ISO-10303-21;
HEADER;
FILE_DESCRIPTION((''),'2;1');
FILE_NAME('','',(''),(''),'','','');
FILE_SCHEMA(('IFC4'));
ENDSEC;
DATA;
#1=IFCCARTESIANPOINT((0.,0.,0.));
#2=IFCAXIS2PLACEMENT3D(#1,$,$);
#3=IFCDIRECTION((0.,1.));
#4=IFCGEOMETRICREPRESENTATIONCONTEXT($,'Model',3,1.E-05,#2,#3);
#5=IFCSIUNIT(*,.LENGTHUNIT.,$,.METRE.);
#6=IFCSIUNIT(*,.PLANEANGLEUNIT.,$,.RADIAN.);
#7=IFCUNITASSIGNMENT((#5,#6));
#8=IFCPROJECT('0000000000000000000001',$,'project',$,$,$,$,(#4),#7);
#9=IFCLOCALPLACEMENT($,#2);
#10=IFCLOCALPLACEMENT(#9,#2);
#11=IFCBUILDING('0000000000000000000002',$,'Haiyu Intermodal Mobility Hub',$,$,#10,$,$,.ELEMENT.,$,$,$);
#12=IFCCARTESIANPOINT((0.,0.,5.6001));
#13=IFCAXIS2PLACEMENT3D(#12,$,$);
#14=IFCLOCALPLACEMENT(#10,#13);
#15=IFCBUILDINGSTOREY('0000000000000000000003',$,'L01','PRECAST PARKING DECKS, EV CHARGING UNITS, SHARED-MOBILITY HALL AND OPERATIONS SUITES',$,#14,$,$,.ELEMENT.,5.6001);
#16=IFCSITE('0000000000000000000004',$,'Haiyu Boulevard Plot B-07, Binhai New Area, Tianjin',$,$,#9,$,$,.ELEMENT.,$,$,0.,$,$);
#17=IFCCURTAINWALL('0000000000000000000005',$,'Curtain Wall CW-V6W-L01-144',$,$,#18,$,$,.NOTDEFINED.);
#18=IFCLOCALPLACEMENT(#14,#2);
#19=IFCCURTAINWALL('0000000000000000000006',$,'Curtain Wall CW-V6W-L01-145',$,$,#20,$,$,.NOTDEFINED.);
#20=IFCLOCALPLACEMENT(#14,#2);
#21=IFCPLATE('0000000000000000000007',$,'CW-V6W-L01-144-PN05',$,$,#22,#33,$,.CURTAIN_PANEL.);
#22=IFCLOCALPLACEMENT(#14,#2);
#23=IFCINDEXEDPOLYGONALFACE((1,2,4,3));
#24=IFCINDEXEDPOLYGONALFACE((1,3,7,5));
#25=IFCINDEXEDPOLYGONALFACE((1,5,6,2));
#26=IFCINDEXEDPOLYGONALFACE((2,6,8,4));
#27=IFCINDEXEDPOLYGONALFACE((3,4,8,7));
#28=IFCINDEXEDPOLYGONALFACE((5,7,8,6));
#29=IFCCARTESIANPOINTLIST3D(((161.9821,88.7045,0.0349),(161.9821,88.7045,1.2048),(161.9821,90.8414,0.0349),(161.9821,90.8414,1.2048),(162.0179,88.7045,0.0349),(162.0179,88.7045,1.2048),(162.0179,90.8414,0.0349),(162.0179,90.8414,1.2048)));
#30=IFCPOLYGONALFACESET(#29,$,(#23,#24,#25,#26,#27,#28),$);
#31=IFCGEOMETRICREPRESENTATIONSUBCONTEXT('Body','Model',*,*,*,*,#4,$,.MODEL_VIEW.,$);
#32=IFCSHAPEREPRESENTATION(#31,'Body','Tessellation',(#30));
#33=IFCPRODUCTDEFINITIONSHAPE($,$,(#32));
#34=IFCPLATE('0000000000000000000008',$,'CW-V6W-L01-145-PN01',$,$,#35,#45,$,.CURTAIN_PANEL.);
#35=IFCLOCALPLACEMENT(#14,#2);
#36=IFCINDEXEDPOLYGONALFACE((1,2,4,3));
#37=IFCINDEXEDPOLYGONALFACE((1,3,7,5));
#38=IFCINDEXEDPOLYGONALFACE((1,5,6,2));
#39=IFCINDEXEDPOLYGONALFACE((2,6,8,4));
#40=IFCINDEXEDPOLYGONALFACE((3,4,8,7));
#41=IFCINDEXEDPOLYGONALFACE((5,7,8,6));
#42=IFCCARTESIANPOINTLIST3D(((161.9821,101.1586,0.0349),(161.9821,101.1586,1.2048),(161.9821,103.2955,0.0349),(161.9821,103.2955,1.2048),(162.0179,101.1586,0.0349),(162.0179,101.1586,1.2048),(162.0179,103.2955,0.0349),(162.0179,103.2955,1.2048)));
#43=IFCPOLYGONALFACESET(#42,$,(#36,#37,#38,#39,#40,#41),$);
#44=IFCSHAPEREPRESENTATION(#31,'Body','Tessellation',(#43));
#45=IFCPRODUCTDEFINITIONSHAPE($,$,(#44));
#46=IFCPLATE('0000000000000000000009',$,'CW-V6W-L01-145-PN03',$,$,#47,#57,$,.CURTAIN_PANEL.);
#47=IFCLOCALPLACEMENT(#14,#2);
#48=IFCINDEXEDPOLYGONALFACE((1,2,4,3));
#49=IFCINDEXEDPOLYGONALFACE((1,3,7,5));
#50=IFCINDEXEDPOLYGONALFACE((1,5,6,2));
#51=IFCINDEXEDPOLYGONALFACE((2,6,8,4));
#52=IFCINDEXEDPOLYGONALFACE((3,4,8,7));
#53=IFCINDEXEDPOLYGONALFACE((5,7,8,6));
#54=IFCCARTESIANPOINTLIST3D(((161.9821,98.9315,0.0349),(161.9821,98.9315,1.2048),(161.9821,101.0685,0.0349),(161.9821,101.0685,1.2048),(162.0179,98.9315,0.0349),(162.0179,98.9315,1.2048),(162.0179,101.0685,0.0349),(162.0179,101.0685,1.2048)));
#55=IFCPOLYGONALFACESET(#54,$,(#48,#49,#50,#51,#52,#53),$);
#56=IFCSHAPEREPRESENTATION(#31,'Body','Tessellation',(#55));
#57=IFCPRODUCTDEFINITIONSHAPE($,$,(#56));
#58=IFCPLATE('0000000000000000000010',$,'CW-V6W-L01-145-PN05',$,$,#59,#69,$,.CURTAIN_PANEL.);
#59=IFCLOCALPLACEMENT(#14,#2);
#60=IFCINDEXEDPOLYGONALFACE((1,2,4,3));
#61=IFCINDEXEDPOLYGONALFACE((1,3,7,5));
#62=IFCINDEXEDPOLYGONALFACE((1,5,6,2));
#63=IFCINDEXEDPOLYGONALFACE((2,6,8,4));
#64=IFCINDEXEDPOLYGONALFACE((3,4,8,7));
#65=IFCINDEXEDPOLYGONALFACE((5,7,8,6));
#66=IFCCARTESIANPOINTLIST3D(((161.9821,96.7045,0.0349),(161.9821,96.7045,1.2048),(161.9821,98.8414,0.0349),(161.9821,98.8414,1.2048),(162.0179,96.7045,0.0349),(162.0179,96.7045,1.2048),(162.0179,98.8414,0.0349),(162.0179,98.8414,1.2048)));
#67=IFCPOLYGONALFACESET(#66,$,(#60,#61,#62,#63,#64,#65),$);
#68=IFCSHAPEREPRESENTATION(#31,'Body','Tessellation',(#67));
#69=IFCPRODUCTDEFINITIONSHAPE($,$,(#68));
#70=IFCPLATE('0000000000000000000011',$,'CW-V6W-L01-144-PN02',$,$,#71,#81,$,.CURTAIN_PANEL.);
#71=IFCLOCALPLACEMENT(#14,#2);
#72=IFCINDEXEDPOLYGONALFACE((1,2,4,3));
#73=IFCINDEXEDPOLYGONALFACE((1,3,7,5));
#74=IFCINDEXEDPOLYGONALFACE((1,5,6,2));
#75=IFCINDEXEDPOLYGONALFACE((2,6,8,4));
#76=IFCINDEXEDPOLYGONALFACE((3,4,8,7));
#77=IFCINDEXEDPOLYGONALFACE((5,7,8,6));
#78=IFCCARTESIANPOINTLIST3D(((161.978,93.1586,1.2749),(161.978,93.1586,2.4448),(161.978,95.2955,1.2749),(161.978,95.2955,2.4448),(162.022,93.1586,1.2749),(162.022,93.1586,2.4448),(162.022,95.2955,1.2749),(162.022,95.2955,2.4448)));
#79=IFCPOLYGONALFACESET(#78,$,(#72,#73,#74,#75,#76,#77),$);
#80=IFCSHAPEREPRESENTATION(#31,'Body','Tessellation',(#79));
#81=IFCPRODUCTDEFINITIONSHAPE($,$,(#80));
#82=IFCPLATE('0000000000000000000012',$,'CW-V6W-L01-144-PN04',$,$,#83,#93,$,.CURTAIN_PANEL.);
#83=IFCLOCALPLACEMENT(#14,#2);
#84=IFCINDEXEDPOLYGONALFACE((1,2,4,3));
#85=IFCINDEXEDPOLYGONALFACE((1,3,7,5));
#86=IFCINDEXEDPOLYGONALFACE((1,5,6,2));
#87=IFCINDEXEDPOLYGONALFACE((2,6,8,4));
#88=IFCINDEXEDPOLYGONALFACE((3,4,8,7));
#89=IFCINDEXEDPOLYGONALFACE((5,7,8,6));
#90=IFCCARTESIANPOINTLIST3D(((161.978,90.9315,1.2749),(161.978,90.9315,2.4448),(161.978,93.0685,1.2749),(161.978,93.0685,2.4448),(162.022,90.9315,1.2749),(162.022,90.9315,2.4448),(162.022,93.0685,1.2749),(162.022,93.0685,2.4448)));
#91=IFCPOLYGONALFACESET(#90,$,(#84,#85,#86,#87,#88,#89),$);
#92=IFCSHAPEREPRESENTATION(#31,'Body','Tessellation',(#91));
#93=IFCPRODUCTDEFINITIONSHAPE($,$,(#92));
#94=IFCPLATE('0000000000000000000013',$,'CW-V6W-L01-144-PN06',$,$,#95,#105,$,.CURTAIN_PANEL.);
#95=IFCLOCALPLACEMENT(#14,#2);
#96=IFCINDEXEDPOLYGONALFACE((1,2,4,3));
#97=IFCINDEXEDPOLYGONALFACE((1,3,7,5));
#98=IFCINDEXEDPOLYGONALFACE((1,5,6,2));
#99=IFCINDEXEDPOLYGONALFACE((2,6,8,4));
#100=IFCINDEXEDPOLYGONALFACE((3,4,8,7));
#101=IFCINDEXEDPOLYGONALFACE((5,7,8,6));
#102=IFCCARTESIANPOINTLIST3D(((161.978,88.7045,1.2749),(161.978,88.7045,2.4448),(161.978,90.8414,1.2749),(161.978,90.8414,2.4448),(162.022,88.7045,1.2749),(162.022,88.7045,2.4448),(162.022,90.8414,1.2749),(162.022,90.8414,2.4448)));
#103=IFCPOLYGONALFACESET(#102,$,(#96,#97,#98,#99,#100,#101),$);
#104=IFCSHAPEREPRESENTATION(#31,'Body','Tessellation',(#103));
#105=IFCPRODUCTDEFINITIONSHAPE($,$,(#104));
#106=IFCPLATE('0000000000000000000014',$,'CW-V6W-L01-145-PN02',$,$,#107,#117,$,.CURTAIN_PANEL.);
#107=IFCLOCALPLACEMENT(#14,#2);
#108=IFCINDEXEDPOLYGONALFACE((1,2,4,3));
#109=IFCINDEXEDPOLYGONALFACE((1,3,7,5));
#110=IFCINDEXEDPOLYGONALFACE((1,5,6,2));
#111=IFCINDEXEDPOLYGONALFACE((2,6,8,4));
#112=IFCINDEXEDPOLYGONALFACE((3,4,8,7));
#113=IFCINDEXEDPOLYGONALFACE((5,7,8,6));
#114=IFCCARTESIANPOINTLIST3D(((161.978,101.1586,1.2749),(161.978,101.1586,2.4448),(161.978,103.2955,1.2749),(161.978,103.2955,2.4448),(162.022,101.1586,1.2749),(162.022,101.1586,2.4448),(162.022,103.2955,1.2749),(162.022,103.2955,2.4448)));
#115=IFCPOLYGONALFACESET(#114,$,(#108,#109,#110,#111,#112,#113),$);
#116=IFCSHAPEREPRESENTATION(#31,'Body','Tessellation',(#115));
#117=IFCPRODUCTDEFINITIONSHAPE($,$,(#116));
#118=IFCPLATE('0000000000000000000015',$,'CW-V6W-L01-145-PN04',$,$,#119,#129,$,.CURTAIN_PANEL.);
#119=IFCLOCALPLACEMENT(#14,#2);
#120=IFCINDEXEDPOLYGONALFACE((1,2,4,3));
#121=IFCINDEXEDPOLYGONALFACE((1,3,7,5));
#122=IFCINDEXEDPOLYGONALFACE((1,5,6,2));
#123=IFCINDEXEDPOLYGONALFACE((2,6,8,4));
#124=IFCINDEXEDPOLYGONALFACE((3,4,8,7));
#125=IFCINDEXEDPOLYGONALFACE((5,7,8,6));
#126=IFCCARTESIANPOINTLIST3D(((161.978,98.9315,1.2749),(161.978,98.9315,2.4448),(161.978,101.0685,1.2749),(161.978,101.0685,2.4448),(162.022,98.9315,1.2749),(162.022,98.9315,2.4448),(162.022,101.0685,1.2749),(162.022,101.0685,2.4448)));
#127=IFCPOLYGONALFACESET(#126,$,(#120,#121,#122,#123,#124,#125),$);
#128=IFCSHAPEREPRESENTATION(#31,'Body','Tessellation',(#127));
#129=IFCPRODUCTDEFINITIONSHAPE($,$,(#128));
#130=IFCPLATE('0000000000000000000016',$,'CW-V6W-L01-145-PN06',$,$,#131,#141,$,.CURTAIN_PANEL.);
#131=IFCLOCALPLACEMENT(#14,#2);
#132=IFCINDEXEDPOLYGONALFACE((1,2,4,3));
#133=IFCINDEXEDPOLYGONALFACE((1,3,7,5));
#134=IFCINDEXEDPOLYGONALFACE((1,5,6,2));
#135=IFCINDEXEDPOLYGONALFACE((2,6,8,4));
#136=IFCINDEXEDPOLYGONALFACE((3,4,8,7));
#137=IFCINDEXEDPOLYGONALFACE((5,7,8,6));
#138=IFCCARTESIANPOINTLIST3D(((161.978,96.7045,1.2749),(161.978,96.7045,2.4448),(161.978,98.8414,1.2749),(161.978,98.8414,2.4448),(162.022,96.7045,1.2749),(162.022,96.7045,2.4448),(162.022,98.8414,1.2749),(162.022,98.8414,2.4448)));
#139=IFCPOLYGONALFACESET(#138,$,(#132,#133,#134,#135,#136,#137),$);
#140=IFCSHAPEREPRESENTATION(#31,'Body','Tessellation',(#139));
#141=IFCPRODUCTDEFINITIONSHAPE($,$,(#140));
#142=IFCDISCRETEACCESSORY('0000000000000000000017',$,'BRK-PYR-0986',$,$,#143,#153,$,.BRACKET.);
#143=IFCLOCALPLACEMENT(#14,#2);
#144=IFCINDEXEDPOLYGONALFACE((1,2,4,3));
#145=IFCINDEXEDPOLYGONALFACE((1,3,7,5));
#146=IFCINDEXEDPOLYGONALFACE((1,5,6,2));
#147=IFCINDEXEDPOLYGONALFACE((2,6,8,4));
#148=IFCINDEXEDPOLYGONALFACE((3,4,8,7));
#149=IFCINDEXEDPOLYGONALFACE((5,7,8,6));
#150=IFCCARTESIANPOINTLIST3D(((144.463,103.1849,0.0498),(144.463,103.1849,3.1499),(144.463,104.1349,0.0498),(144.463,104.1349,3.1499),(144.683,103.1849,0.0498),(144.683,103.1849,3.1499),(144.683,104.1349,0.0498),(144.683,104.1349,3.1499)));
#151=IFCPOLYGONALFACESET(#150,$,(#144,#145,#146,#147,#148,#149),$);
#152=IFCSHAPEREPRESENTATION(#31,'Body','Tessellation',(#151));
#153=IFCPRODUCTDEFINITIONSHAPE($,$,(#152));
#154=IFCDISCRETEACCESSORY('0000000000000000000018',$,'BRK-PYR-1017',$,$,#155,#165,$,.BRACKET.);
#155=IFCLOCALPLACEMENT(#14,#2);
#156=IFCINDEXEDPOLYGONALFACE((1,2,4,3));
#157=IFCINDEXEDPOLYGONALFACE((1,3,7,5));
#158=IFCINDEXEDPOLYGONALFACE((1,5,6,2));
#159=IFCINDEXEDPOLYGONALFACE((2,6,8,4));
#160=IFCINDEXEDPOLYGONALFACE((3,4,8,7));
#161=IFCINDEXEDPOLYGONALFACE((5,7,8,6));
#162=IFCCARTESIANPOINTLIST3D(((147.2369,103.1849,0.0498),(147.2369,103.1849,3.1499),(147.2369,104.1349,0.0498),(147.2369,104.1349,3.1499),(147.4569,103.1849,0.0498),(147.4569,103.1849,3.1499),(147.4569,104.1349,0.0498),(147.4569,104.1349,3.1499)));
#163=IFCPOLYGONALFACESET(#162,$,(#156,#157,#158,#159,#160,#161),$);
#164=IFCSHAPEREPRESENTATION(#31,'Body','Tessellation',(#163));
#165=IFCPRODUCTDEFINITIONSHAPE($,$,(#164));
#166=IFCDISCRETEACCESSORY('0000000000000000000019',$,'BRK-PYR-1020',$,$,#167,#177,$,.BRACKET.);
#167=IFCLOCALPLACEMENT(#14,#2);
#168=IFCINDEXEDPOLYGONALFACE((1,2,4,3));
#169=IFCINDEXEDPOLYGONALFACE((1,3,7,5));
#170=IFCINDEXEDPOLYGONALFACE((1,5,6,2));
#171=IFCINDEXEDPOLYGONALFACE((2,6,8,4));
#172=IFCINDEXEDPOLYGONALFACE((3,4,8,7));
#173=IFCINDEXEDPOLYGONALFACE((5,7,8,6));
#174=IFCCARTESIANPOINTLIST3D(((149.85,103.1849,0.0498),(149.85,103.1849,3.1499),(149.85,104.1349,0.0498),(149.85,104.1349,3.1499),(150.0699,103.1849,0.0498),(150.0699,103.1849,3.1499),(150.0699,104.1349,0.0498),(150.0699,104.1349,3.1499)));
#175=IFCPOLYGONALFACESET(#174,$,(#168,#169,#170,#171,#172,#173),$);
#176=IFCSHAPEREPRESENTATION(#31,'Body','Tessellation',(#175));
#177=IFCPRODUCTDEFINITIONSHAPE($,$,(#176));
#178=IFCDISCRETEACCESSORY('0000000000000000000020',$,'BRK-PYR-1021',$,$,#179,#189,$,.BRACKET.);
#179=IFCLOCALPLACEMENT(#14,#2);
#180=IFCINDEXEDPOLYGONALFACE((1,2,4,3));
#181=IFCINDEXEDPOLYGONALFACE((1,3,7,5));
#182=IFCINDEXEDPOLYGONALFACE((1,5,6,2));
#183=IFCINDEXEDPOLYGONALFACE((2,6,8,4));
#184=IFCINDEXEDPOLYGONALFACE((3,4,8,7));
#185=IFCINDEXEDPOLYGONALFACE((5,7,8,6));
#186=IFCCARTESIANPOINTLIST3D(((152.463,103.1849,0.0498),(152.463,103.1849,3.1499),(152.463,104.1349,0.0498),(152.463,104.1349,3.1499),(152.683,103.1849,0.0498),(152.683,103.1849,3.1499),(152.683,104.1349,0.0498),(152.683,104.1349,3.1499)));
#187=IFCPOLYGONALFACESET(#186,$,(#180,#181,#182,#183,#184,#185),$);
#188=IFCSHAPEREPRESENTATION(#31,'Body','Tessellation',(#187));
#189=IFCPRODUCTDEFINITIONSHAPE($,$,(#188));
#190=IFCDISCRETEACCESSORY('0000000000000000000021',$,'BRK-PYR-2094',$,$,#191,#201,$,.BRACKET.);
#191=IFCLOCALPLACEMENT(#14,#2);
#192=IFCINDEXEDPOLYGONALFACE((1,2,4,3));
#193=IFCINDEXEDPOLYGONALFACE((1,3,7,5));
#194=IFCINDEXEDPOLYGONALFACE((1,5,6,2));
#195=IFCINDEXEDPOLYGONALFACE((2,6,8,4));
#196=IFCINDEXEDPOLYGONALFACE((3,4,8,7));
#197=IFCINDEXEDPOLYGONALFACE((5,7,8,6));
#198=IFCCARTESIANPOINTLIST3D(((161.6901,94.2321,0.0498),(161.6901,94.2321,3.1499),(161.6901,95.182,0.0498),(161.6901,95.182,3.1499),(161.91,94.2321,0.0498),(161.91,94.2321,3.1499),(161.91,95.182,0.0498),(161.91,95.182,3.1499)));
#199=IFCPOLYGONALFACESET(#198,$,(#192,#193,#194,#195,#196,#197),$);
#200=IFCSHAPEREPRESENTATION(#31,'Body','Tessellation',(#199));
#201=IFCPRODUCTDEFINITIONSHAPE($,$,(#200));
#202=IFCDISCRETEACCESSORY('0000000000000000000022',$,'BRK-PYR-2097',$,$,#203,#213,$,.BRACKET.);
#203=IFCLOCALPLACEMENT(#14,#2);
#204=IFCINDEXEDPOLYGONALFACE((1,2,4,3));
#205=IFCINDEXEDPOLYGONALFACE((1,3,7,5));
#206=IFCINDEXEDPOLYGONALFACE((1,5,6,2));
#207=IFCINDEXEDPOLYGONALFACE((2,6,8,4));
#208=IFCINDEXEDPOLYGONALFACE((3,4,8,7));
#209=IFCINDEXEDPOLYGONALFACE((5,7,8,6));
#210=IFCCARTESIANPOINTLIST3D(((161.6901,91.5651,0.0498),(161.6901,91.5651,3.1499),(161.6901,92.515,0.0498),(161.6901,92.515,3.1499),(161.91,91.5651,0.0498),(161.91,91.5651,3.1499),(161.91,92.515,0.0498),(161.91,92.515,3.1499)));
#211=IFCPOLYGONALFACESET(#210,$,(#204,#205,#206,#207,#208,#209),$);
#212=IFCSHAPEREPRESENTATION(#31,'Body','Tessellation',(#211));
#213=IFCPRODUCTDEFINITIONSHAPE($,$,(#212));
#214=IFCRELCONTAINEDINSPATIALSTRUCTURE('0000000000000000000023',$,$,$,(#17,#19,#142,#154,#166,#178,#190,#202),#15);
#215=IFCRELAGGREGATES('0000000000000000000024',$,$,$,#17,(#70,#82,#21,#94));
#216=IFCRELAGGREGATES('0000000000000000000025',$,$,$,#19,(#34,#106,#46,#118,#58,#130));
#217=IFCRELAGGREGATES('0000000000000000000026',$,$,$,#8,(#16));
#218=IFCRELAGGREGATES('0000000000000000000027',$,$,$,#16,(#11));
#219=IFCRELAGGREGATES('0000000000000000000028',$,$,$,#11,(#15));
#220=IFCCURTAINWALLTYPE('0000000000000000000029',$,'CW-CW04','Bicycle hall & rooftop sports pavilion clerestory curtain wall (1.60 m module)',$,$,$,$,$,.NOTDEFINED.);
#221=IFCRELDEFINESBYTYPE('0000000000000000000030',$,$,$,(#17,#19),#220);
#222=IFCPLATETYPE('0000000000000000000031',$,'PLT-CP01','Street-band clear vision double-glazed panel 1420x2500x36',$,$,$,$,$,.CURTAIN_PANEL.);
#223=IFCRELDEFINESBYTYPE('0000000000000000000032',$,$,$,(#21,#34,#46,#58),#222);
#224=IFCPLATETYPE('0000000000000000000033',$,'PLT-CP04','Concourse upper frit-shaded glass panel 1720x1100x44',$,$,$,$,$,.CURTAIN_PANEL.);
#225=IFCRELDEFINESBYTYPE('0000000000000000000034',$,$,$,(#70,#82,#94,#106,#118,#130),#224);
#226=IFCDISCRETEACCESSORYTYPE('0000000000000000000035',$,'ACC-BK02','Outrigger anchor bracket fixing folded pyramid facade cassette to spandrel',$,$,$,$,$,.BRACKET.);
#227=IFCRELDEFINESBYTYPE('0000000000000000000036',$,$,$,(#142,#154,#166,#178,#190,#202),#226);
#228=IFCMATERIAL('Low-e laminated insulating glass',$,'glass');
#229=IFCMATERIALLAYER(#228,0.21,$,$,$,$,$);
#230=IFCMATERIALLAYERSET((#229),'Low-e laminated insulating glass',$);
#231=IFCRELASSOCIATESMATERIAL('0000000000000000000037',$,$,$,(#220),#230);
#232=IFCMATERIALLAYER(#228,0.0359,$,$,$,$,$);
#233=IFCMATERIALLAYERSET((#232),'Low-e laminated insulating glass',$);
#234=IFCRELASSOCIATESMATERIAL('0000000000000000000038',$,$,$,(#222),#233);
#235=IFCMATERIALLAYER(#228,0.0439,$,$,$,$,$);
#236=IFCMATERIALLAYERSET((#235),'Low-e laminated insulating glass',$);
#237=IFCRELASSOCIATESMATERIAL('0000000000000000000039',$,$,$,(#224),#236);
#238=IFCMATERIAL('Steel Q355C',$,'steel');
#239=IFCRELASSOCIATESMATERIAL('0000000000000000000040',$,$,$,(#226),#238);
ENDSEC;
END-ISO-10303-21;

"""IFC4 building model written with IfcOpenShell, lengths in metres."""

from ifc_helpers import new_model, si_unit, direction, frame, origin, origin_2d, place, context, subcontext, project, spatial, rectangle, extrude, material, layer, layer_set, type_object, element, aggregate, save


model = new_model("IFC4")

# Units and contexts
model_context = context("Model", 3, precision=1e-05, world=origin(), true_north=direction((0.0, 1.0)))
body_context = subcontext(model_context, "Body", "Model", "MODEL_VIEW")
ifc_project = project(units=[si_unit("LENGTHUNIT", "METRE"), si_unit("PLANEANGLEUNIT", "RADIAN")], contexts=[model_context])

# Site, building, storey
site_placement = place(None, origin())
site = spatial("IfcSite", under=ifc_project, at=site_placement, Name="Haiyu Boulevard Plot B-07, Binhai New Area, Tianjin", CompositionType="ELEMENT", RefElevation=0.0)
building_placement = place(site_placement, origin())
building = spatial("IfcBuilding", under=site, at=building_placement, Name="Haiyu Intermodal Mobility Hub", CompositionType="ELEMENT")
storey_placement = place(building_placement, frame((0.0, 0.0, 5.6001)))
storey = spatial("IfcBuildingStorey", under=building, at=storey_placement, Name="L01", Description="PRECAST PARKING DECKS, EV CHARGING UNITS, SHARED-MOBILITY HALL AND OPERATIONS SUITES", CompositionType="ELEMENT", Elevation=5.6001)

# Curtain walls
ifc_material_1 = material(Name="Low-e laminated insulating glass", Category="glass")
ifc_layer_1 = layer(ifc_material_1, 0.21)
ifc_layer_set_1 = layer_set([ifc_layer_1], Name="Low-e laminated insulating glass")
curtain_wall_type = type_object("IfcCurtainWallType", Name="CW-CW04", Description="Bicycle hall & rooftop sports pavilion clerestory curtain wall (1.60 m module)", PredefinedType="NOTDEFINED", material=ifc_layer_set_1)
curtain_wall_1_placement = place(storey_placement, origin())
curtain_wall_1 = element("IfcCurtainWall", 1, at=curtain_wall_1_placement, inside=storey, type_object=curtain_wall_type, Name="Curtain Wall CW-V6W-L01-144", PredefinedType="NOTDEFINED")
curtain_wall_2_placement = place(storey_placement, origin())
curtain_wall_2 = element("IfcCurtainWall", 2, at=curtain_wall_2_placement, inside=storey, type_object=curtain_wall_type, Name="Curtain Wall CW-V6W-L01-145", PredefinedType="NOTDEFINED")

# Plates
ifc_layer_2 = layer(ifc_material_1, 0.0359)
ifc_layer_set_2 = layer_set([ifc_layer_2], Name="Low-e laminated insulating glass")
plate_type_1 = type_object("IfcPlateType", Name="PLT-CP01", Description="Street-band clear vision double-glazed panel 1420x2500x36", PredefinedType="CURTAIN_PANEL", material=ifc_layer_set_2)
plate_1_placement = place(storey_placement, frame((162.0, 89.7729, 0.0349), z_axis=(0.0, 0.0, 1.0), x_axis=(0.0, -1.0, 0.0)))
plate_1 = element("IfcPlate", 3, at=plate_1_placement, type_object=plate_type_1, Name="CW-V6W-L01-144-PN05", PredefinedType="CURTAIN_PANEL", context=body_context, shape_type="SweptSolid", body=[
    extrude(rectangle(XDim=2.137, YDim=0.0359, at=origin_2d()), origin(), (0.0, 0.0, 1.0), 1.1699),
])
plate_2_placement = place(storey_placement, frame((162.0, 102.2271, 0.0349), z_axis=(0.0, 0.0, 1.0), x_axis=(0.0, -1.0, 0.0)))
plate_2 = element("IfcPlate", 4, at=plate_2_placement, type_object=plate_type_1, Name="CW-V6W-L01-145-PN01", PredefinedType="CURTAIN_PANEL", context=body_context, shape_type="SweptSolid", body=[
    extrude(rectangle(XDim=2.137, YDim=0.0359, at=origin_2d()), origin(), (0.0, 0.0, 1.0), 1.1699),
])
plate_3_placement = place(storey_placement, frame((162.0, 100.0, 0.0349), z_axis=(0.0, 0.0, 1.0), x_axis=(0.0, -1.0, 0.0)))
plate_3 = element("IfcPlate", 5, at=plate_3_placement, type_object=plate_type_1, Name="CW-V6W-L01-145-PN03", PredefinedType="CURTAIN_PANEL", context=body_context, shape_type="SweptSolid", body=[
    extrude(rectangle(XDim=2.137, YDim=0.0359, at=origin_2d()), origin(), (0.0, 0.0, 1.0), 1.1699),
])
plate_4_placement = place(storey_placement, frame((162.0, 97.7729, 0.0349), z_axis=(0.0, 0.0, 1.0), x_axis=(0.0, -1.0, 0.0)))
plate_4 = element("IfcPlate", 6, at=plate_4_placement, type_object=plate_type_1, Name="CW-V6W-L01-145-PN05", PredefinedType="CURTAIN_PANEL", context=body_context, shape_type="SweptSolid", body=[
    extrude(rectangle(XDim=2.137, YDim=0.0359, at=origin_2d()), origin(), (0.0, 0.0, 1.0), 1.1699),
])
ifc_layer_3 = layer(ifc_material_1, 0.0439)
ifc_layer_set_3 = layer_set([ifc_layer_3], Name="Low-e laminated insulating glass")
plate_type_2 = type_object("IfcPlateType", Name="PLT-CP04", Description="Concourse upper frit-shaded glass panel 1720x1100x44", PredefinedType="CURTAIN_PANEL", material=ifc_layer_set_3)
plate_5_placement = place(storey_placement, frame((162.0, 94.2271, 1.2749), z_axis=(0.0, 0.0, 1.0), x_axis=(0.0, -1.0, 0.0)))
plate_5 = element("IfcPlate", 7, at=plate_5_placement, type_object=plate_type_2, Name="CW-V6W-L01-144-PN02", PredefinedType="CURTAIN_PANEL", context=body_context, shape_type="SweptSolid", body=[
    extrude(rectangle(XDim=2.137, YDim=0.0439, at=origin_2d()), origin(), (0.0, 0.0, 1.0), 1.1699),
])
plate_6_placement = place(storey_placement, frame((162.0, 92.0, 1.2749), z_axis=(0.0, 0.0, 1.0), x_axis=(0.0, -1.0, 0.0)))
plate_6 = element("IfcPlate", 8, at=plate_6_placement, type_object=plate_type_2, Name="CW-V6W-L01-144-PN04", PredefinedType="CURTAIN_PANEL", context=body_context, shape_type="SweptSolid", body=[
    extrude(rectangle(XDim=2.137, YDim=0.0439, at=origin_2d()), origin(), (0.0, 0.0, 1.0), 1.1699),
])
plate_7_placement = place(storey_placement, frame((162.0, 89.7729, 1.2749), z_axis=(0.0, 0.0, 1.0), x_axis=(0.0, -1.0, 0.0)))
plate_7 = element("IfcPlate", 9, at=plate_7_placement, type_object=plate_type_2, Name="CW-V6W-L01-144-PN06", PredefinedType="CURTAIN_PANEL", context=body_context, shape_type="SweptSolid", body=[
    extrude(rectangle(XDim=2.137, YDim=0.0439, at=origin_2d()), origin(), (0.0, 0.0, 1.0), 1.1699),
])
aggregate(curtain_wall_1, [plate_5, plate_6, plate_1, plate_7])
plate_8_placement = place(storey_placement, frame((162.0, 102.2271, 1.2749), z_axis=(0.0, 0.0, 1.0), x_axis=(0.0, -1.0, 0.0)))
plate_8 = element("IfcPlate", 10, at=plate_8_placement, type_object=plate_type_2, Name="CW-V6W-L01-145-PN02", PredefinedType="CURTAIN_PANEL", context=body_context, shape_type="SweptSolid", body=[
    extrude(rectangle(XDim=2.137, YDim=0.0439, at=origin_2d()), origin(), (0.0, 0.0, 1.0), 1.1699),
])
plate_9_placement = place(storey_placement, frame((162.0, 100.0, 1.2749), z_axis=(0.0, 0.0, 1.0), x_axis=(0.0, -1.0, 0.0)))
plate_9 = element("IfcPlate", 11, at=plate_9_placement, type_object=plate_type_2, Name="CW-V6W-L01-145-PN04", PredefinedType="CURTAIN_PANEL", context=body_context, shape_type="SweptSolid", body=[
    extrude(rectangle(XDim=2.137, YDim=0.0439, at=origin_2d()), origin(), (0.0, 0.0, 1.0), 1.1699),
])
plate_10_placement = place(storey_placement, frame((162.0, 97.7729, 1.2749), z_axis=(0.0, 0.0, 1.0), x_axis=(0.0, -1.0, 0.0)))
plate_10 = element("IfcPlate", 12, at=plate_10_placement, type_object=plate_type_2, Name="CW-V6W-L01-145-PN06", PredefinedType="CURTAIN_PANEL", context=body_context, shape_type="SweptSolid", body=[
    extrude(rectangle(XDim=2.137, YDim=0.0439, at=origin_2d()), origin(), (0.0, 0.0, 1.0), 1.1699),
])
aggregate(curtain_wall_2, [plate_2, plate_8, plate_3, plate_9, plate_4, plate_10])

# Discrete accessories
ifc_material_2 = material(Name="Steel Q355C", Category="steel")
discrete_accessory_type = type_object("IfcDiscreteAccessoryType", Name="ACC-BK02", Description="Outrigger anchor bracket fixing folded pyramid facade cassette to spandrel", PredefinedType="BRACKET", material=ifc_material_2)
for number, where, z_axis, x_axis, name in (
    (13, (144.573, 103.6599, 0.0498), (0.0, 0.0, 1.0), (1.0, 0.0, 0.0), "BRK-PYR-0986"),
    (14, (147.3469, 103.6599, 0.0498), (0.0, 0.0, 1.0), (1.0, 0.0, 0.0), "BRK-PYR-1017"),
    (15, (149.96, 103.6599, 0.0498), (0.0, 0.0, 1.0), (1.0, 0.0, 0.0), "BRK-PYR-1020"),
    (16, (152.573, 103.6599, 0.0498), (0.0, 0.0, 1.0), (1.0, 0.0, 0.0), "BRK-PYR-1021"),
    (17, (161.8, 94.707, 0.0498), (0.0, 0.0, 1.0), (1.0, 0.0, 0.0), "BRK-PYR-2094"),
    (18, (161.8, 92.04, 0.0498), (0.0, 0.0, 1.0), (1.0, 0.0, 0.0), "BRK-PYR-2097"),
):
    element("IfcDiscreteAccessory", number, at=place(storey_placement, frame(where, z_axis=z_axis, x_axis=x_axis)), inside=storey, type_object=discrete_accessory_type, Name=name, PredefinedType="BRACKET", context=body_context, shape_type="SweptSolid", body=[
        extrude(rectangle(XDim=0.22, YDim=0.95, at=origin_2d()), origin(), (0.0, 0.0, 1.0), 3.1001),
    ])

save(model, "model.ifc")
